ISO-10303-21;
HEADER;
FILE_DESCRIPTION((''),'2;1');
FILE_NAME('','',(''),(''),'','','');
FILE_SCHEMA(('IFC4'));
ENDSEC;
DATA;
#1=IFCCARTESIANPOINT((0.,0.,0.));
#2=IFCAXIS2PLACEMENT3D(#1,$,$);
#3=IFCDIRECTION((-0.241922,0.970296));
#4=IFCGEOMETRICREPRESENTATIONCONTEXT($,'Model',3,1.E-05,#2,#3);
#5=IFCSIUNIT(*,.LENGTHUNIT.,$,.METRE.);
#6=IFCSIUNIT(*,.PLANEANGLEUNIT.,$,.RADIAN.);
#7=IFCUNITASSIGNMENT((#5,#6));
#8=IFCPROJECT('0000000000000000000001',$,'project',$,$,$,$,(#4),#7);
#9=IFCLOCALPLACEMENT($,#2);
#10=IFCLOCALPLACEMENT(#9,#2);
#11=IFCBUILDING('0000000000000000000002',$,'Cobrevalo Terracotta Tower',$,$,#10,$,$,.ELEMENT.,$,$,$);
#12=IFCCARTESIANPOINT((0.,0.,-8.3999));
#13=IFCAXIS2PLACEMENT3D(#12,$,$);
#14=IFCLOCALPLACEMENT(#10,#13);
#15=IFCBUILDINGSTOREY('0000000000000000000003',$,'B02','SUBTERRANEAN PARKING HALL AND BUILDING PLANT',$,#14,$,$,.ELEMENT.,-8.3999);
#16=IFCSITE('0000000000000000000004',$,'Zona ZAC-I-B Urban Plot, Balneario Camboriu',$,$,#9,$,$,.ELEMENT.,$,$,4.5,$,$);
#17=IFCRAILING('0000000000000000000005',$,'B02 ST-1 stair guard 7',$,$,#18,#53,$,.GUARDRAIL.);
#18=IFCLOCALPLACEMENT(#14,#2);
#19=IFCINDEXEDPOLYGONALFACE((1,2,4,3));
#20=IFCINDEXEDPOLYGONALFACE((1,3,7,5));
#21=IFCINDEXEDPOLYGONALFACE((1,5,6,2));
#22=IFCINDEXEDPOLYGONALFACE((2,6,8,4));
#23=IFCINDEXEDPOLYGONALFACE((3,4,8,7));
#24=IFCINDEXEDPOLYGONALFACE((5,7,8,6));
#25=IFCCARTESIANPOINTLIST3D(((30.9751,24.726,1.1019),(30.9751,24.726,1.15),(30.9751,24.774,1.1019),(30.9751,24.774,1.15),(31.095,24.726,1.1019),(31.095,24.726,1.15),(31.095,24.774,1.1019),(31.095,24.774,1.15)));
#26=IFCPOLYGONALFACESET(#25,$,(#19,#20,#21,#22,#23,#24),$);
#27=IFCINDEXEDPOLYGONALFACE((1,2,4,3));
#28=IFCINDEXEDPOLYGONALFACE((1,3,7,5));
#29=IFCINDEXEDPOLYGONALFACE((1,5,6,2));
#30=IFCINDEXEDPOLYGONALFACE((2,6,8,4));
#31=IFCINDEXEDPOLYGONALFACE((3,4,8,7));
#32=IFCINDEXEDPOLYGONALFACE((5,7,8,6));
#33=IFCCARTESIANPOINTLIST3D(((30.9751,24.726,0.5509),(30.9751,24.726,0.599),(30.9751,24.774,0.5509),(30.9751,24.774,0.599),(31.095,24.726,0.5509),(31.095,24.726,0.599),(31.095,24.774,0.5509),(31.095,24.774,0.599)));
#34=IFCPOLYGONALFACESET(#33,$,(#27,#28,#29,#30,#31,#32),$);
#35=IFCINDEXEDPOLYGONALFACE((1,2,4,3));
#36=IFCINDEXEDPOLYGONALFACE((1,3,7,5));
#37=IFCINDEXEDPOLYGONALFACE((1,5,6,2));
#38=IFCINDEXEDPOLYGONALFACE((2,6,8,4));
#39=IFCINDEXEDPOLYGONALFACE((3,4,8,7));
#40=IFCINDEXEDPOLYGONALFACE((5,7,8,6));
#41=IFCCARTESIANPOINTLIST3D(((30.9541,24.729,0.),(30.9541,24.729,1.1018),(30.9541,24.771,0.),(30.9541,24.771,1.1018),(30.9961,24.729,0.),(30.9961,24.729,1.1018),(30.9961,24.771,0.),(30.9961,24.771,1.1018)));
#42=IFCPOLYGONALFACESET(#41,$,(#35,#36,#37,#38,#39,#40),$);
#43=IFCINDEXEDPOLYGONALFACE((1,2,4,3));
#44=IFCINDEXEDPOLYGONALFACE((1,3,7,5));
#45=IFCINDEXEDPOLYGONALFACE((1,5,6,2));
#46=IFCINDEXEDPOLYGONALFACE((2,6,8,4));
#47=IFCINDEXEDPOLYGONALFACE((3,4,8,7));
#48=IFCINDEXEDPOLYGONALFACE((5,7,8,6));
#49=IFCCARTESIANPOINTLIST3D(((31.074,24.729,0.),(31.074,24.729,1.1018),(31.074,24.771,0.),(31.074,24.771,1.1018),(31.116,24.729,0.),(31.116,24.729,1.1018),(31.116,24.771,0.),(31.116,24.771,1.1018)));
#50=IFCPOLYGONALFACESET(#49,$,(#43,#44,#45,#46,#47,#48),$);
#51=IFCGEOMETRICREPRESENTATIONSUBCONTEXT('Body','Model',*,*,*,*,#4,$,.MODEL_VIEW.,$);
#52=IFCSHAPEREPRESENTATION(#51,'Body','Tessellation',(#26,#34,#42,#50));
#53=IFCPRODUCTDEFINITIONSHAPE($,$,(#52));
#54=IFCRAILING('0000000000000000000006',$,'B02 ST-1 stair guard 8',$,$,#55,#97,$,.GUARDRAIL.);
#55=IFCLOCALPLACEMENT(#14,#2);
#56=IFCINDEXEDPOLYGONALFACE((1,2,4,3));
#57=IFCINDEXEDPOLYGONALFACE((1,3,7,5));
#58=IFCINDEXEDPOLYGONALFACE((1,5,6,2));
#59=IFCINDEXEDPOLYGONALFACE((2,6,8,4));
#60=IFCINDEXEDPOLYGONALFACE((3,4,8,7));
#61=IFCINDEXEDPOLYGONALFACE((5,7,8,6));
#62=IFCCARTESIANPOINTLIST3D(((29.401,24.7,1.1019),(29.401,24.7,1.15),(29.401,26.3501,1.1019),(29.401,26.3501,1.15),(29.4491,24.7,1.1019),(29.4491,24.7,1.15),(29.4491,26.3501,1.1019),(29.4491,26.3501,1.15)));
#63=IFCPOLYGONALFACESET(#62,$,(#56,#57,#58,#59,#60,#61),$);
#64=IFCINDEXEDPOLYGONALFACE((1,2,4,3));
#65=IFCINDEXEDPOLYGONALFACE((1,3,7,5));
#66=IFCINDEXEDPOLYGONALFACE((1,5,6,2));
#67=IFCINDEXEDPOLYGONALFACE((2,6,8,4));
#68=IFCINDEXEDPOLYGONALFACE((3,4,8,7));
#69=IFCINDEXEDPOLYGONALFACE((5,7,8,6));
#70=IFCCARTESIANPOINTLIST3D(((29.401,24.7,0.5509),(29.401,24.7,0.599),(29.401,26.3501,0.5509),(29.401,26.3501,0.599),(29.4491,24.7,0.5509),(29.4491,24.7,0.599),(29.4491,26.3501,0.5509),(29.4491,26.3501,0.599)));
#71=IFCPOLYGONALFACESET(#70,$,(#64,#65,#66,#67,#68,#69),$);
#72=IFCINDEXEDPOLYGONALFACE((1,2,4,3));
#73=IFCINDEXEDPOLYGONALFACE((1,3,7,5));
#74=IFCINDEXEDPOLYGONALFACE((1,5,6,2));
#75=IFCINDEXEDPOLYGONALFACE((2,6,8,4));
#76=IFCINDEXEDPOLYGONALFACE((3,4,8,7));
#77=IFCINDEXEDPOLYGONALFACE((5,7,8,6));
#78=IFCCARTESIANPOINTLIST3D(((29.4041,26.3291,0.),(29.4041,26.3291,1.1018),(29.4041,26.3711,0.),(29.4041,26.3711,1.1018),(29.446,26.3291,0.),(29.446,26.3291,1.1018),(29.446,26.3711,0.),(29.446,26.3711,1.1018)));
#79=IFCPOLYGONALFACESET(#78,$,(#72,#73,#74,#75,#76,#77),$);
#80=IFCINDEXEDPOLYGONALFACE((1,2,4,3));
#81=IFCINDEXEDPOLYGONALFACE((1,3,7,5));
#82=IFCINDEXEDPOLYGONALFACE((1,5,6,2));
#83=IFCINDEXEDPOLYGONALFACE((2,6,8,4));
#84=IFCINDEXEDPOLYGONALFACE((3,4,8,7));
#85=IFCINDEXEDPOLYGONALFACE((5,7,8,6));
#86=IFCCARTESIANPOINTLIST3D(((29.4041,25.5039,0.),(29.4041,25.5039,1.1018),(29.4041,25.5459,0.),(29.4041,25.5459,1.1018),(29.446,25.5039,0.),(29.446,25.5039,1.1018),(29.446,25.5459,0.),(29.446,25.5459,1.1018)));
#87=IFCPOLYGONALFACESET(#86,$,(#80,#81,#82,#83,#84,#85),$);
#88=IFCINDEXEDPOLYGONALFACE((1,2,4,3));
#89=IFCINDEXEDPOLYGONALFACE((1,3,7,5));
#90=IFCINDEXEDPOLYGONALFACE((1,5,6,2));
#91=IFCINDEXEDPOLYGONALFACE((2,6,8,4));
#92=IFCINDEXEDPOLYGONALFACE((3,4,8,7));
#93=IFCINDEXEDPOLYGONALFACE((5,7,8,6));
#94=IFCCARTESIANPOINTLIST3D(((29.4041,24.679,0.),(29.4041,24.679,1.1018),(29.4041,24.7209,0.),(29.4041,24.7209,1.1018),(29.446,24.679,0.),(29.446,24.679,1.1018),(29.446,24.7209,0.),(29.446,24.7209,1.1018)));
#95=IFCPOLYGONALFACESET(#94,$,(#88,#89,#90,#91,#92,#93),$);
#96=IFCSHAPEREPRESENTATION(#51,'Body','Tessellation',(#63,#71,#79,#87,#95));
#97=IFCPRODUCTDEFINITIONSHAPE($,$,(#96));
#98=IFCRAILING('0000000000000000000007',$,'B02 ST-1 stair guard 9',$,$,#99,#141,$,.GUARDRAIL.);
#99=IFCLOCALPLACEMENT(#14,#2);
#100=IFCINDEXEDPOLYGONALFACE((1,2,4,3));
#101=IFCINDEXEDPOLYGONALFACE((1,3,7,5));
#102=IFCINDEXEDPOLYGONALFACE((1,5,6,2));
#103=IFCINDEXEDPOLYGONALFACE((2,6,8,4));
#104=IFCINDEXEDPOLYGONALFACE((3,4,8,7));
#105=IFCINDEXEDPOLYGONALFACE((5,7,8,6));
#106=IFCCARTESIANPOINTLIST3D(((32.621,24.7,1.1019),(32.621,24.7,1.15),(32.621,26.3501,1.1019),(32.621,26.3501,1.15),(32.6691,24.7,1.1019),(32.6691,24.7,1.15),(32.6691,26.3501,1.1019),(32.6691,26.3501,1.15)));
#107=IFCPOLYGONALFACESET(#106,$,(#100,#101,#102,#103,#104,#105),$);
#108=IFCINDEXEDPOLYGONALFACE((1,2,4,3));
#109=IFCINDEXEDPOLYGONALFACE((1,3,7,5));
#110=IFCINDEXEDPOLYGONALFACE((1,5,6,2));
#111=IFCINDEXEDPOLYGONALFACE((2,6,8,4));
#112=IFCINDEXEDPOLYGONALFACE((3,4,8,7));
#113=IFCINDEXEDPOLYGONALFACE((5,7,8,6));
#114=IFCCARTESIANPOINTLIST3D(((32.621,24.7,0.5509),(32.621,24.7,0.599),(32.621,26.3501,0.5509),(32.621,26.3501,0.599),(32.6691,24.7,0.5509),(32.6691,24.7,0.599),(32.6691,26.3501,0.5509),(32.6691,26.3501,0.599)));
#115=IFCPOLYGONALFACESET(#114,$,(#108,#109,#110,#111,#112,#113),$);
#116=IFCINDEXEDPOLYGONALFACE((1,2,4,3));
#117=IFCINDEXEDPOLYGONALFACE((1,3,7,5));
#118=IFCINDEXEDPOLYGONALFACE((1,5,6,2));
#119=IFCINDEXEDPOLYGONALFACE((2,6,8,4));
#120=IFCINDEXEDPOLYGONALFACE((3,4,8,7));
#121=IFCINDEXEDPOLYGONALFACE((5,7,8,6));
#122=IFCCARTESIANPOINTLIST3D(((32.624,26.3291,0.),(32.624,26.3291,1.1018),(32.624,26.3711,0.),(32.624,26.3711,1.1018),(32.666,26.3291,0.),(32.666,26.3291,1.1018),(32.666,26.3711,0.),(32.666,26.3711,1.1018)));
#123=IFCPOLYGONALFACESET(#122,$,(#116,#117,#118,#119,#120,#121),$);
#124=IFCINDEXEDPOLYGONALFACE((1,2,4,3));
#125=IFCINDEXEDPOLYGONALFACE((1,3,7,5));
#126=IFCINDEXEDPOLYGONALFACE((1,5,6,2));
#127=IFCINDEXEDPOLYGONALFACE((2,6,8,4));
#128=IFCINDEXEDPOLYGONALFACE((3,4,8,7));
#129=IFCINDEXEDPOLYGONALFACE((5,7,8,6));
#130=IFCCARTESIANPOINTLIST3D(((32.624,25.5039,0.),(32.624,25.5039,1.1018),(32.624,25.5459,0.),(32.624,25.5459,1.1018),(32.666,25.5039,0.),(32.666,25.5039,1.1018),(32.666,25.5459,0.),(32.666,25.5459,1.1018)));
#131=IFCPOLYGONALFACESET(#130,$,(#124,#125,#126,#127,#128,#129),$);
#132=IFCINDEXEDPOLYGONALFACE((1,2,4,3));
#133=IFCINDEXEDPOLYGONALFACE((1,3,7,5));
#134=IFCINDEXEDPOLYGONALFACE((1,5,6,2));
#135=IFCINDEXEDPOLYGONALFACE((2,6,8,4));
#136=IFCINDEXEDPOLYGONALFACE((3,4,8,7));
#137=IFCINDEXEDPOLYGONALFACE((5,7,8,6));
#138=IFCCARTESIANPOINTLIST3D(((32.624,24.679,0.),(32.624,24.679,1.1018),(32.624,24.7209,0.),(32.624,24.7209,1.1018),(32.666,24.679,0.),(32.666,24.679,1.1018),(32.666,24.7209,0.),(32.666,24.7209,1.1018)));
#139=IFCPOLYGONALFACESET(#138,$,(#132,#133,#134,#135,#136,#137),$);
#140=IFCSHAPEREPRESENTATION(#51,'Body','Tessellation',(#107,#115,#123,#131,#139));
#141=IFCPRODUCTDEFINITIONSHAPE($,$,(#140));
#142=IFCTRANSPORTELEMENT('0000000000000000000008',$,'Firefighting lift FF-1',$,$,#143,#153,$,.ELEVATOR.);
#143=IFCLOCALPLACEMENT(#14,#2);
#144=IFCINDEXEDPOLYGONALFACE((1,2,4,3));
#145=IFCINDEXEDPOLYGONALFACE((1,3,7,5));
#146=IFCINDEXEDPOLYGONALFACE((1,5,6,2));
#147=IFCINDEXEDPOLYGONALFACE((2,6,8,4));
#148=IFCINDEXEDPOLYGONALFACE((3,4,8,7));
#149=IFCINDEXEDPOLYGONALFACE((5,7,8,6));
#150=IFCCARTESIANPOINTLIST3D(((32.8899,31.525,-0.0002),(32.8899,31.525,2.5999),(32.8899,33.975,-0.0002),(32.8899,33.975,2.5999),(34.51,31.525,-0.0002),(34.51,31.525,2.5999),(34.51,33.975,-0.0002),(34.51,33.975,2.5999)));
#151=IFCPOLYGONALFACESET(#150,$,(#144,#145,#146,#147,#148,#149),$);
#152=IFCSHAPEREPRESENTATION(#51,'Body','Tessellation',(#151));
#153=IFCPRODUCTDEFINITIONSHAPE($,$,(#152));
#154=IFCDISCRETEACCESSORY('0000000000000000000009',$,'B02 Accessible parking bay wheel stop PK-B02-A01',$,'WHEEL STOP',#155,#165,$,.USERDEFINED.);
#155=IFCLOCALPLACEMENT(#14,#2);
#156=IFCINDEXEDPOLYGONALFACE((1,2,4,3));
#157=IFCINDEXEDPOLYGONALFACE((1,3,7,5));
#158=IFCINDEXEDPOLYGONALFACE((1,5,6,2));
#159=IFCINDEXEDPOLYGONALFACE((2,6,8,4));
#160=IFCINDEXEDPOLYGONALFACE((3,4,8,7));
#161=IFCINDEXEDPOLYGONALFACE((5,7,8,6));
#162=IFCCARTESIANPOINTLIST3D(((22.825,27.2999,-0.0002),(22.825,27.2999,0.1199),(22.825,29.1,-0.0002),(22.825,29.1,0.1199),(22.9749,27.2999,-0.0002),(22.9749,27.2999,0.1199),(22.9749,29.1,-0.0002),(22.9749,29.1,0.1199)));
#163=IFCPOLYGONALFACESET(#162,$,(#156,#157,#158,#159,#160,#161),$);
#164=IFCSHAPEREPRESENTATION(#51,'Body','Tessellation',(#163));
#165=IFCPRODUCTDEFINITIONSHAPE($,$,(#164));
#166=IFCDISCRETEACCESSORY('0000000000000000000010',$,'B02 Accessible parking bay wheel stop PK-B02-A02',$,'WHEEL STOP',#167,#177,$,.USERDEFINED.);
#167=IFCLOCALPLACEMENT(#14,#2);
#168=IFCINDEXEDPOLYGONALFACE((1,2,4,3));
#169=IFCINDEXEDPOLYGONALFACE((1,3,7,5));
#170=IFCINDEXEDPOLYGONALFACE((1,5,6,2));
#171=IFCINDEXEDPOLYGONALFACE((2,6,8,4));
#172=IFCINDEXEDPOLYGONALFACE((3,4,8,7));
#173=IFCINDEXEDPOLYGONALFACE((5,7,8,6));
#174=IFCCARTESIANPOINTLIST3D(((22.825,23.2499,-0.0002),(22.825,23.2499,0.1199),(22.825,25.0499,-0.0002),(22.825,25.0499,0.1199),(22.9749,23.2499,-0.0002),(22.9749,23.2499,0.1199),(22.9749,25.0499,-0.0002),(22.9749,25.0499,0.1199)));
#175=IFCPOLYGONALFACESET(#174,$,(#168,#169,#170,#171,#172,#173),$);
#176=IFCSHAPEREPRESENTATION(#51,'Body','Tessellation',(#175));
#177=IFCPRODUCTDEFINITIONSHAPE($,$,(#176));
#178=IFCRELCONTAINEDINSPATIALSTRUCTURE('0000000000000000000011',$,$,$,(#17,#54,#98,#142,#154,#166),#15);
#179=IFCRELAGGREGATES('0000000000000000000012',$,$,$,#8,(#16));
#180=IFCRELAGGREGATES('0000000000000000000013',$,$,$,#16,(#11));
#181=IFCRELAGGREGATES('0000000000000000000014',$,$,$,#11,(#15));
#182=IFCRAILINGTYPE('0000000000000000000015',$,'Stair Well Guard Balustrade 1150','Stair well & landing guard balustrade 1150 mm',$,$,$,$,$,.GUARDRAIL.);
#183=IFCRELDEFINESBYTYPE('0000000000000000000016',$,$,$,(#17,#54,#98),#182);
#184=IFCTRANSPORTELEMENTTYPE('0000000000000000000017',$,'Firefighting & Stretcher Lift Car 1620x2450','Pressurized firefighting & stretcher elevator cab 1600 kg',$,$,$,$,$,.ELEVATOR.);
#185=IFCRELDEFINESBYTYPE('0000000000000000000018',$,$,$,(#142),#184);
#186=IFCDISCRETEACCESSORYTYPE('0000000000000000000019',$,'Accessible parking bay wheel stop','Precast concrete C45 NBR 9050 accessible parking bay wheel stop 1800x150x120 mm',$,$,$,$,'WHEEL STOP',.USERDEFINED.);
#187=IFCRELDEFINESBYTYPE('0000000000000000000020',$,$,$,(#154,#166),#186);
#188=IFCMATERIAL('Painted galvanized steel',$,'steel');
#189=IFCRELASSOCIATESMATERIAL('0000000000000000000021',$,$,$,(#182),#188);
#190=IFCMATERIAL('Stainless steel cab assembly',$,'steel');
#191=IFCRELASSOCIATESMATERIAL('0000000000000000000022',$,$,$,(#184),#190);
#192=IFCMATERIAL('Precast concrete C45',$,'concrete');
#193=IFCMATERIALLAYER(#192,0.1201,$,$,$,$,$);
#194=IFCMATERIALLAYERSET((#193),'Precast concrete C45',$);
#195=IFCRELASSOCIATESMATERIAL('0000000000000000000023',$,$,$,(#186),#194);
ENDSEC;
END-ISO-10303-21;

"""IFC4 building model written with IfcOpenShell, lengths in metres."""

from ifc_helpers import new_model, si_unit, direction, frame, origin, origin_2d, place, context, subcontext, project, spatial, rectangle, extrude, source, transform, mapped, material, layer, layer_set, type_object, element, save


model = new_model("IFC4")

# Units and contexts
model_context = context("Model", 3, precision=1e-05, world=origin(), true_north=direction((-0.241922, 0.970296)))
body_context = subcontext(model_context, "Body", "Model", "MODEL_VIEW")
ifc_project = project(units=[si_unit("LENGTHUNIT", "METRE"), si_unit("PLANEANGLEUNIT", "RADIAN")], contexts=[model_context])

# Site, building, storey
site_placement = place(None, origin())
site = spatial("IfcSite", under=ifc_project, at=site_placement, Name="Zona ZAC-I-B Urban Plot, Balneario Camboriu", CompositionType="ELEMENT", RefElevation=4.5)
building_placement = place(site_placement, origin())
building = spatial("IfcBuilding", under=site, at=building_placement, Name="Cobrevalo Terracotta Tower", CompositionType="ELEMENT")
storey_placement = place(building_placement, frame((0.0, 0.0, -8.3999)))
storey = spatial("IfcBuildingStorey", under=building, at=storey_placement, Name="B02", Description="SUBTERRANEAN PARKING HALL AND BUILDING PLANT", CompositionType="ELEMENT", Elevation=-8.3999)

# Railings
ifc_material_1 = material(Name="Painted galvanized steel", Category="steel")
railing_type_1 = type_object("IfcRailingType", Name="Stair Well Guard Balustrade 1150", Description="Stair well & landing guard balustrade 1150 mm", PredefinedType="GUARDRAIL", material=ifc_material_1)
railing_1_placement = place(storey_placement, frame((30.9751, 24.75, 0.0)))
element("IfcRailing", 1, at=railing_1_placement, inside=storey, type_object=railing_type_1, Name="B02 ST-1 stair guard 7", PredefinedType="GUARDRAIL", context=body_context, shape_type="SweptSolid", body=[
    extrude(rectangle(XDim=0.0481, YDim=0.0481, at=origin_2d()), frame((0.0, 0.0, 1.126), z_axis=(1.0, 0.0, 0.0), x_axis=(0.0, 1.0, 0.0)), (0.0, 0.0, 1.0), 0.1199),
    extrude(rectangle(XDim=0.0481, YDim=0.0481, at=origin_2d()), frame((0.0, 0.0, 0.575), z_axis=(1.0, 0.0, 0.0), x_axis=(0.0, 1.0, 0.0)), (0.0, 0.0, 1.0), 0.1199),
    extrude(rectangle(XDim=0.042, YDim=0.042, at=origin_2d()), origin(), (0.0, 0.0, 1.0), 1.1018),
    extrude(rectangle(XDim=0.042, YDim=0.042, at=origin_2d()), frame((0.1199, 0.0, 0.0)), (0.0, 0.0, 1.0), 1.1018),
])
for number, where, name in (
    (2, (29.425, 26.3501, 0.0), "B02 ST-1 stair guard 8"),
    (3, (32.645, 26.3501, 0.0), "B02 ST-1 stair guard 9"),
):
    element("IfcRailing", number, at=place(storey_placement, frame(where)), inside=storey, type_object=railing_type_1, Name=name, PredefinedType="GUARDRAIL", context=body_context, shape_type="SweptSolid", body=[
        extrude(rectangle(XDim=0.0481, YDim=0.0481, at=origin_2d()), frame((0.0, 0.0, 1.126), z_axis=(0.0, -1.0, 0.0), x_axis=(1.0, 0.0, 0.0)), (0.0, 0.0, 1.0), 1.6501),
        extrude(rectangle(XDim=0.0481, YDim=0.0481, at=origin_2d()), frame((0.0, 0.0, 0.575), z_axis=(0.0, -1.0, 0.0), x_axis=(1.0, 0.0, 0.0)), (0.0, 0.0, 1.0), 1.6501),
        extrude(rectangle(XDim=0.042, YDim=0.042, at=origin_2d()), origin(), (0.0, 0.0, 1.0), 1.1018),
        extrude(rectangle(XDim=0.042, YDim=0.042, at=origin_2d()), frame((0.0, -0.8252, 0.0)), (0.0, 0.0, 1.0), 1.1018),
        extrude(rectangle(XDim=0.042, YDim=0.042, at=origin_2d()), frame((0.0, -1.6501, 0.0)), (0.0, 0.0, 1.0), 1.1018),
    ])

# Transport element
ifc_material_2 = material(Name="Stainless steel cab assembly", Category="steel")
transport_element_type = type_object("IfcTransportElementType", Name="Firefighting & Stretcher Lift Car 1620x2450", Description="Pressurized firefighting & stretcher elevator cab 1600 kg", PredefinedType="ELEVATOR", material=ifc_material_2)
shared_shape_1 = source(origin(), body_context, "Body", "SweptSolid", [
    extrude(rectangle(XDim=1.6201, YDim=2.45, at=origin_2d()), origin(), (0.0, 0.0, 1.0), 2.6001),
])
transport_element_placement = place(storey_placement, frame((33.7, 32.75, -0.0002), z_axis=(0.0, 0.0, 1.0), x_axis=(1.0, 0.0, 0.0)))
element("IfcTransportElement", 4, at=transport_element_placement, inside=storey, type_object=transport_element_type, Name="Firefighting lift FF-1", PredefinedType="ELEVATOR", context=body_context, shape_type="MappedRepresentation", body=[
    mapped(shared_shape_1, transform((0.0, 0.0, 0.0), scale=1.0)),
])

# Discrete accessories
ifc_material_3 = material(Name="Precast concrete C45", Category="concrete")
ifc_layer_1 = layer(ifc_material_3, 0.1201)
ifc_layer_set_1 = layer_set([ifc_layer_1], Name="Precast concrete C45")
discrete_accessory_type = type_object("IfcDiscreteAccessoryType", Name="Accessible parking bay wheel stop", Description="Precast concrete C45 NBR 9050 accessible parking bay wheel stop 1800x150x120 mm", ElementType="WHEEL STOP", PredefinedType="USERDEFINED", material=ifc_layer_set_1)
shared_shape_2 = source(origin(), body_context, "Body", "SweptSolid", [
    extrude(rectangle(XDim=1.8, YDim=0.1499, at=origin_2d()), origin(), (0.0, 0.0, 1.0), 0.1201),
])
for number, where, z_axis, x_axis, name in (
    (5, (22.8999, 28.2, -0.0002), (0.0, 0.0, 1.0), (0.0, 1.0, 0.0), "B02 Accessible parking bay wheel stop PK-B02-A01"),
    (6, (22.8999, 24.1499, -0.0002), (0.0, 0.0, 1.0), (0.0, 1.0, 0.0), "B02 Accessible parking bay wheel stop PK-B02-A02"),
):
    element("IfcDiscreteAccessory", number, at=place(storey_placement, frame(where, z_axis=z_axis, x_axis=x_axis)), inside=storey, type_object=discrete_accessory_type, Name=name, ObjectType="WHEEL STOP", PredefinedType="USERDEFINED", context=body_context, shape_type="MappedRepresentation", body=[
        mapped(shared_shape_2, transform((0.0, 0.0, 0.0), scale=1.0)),
    ])

save(model, "model.ifc")
